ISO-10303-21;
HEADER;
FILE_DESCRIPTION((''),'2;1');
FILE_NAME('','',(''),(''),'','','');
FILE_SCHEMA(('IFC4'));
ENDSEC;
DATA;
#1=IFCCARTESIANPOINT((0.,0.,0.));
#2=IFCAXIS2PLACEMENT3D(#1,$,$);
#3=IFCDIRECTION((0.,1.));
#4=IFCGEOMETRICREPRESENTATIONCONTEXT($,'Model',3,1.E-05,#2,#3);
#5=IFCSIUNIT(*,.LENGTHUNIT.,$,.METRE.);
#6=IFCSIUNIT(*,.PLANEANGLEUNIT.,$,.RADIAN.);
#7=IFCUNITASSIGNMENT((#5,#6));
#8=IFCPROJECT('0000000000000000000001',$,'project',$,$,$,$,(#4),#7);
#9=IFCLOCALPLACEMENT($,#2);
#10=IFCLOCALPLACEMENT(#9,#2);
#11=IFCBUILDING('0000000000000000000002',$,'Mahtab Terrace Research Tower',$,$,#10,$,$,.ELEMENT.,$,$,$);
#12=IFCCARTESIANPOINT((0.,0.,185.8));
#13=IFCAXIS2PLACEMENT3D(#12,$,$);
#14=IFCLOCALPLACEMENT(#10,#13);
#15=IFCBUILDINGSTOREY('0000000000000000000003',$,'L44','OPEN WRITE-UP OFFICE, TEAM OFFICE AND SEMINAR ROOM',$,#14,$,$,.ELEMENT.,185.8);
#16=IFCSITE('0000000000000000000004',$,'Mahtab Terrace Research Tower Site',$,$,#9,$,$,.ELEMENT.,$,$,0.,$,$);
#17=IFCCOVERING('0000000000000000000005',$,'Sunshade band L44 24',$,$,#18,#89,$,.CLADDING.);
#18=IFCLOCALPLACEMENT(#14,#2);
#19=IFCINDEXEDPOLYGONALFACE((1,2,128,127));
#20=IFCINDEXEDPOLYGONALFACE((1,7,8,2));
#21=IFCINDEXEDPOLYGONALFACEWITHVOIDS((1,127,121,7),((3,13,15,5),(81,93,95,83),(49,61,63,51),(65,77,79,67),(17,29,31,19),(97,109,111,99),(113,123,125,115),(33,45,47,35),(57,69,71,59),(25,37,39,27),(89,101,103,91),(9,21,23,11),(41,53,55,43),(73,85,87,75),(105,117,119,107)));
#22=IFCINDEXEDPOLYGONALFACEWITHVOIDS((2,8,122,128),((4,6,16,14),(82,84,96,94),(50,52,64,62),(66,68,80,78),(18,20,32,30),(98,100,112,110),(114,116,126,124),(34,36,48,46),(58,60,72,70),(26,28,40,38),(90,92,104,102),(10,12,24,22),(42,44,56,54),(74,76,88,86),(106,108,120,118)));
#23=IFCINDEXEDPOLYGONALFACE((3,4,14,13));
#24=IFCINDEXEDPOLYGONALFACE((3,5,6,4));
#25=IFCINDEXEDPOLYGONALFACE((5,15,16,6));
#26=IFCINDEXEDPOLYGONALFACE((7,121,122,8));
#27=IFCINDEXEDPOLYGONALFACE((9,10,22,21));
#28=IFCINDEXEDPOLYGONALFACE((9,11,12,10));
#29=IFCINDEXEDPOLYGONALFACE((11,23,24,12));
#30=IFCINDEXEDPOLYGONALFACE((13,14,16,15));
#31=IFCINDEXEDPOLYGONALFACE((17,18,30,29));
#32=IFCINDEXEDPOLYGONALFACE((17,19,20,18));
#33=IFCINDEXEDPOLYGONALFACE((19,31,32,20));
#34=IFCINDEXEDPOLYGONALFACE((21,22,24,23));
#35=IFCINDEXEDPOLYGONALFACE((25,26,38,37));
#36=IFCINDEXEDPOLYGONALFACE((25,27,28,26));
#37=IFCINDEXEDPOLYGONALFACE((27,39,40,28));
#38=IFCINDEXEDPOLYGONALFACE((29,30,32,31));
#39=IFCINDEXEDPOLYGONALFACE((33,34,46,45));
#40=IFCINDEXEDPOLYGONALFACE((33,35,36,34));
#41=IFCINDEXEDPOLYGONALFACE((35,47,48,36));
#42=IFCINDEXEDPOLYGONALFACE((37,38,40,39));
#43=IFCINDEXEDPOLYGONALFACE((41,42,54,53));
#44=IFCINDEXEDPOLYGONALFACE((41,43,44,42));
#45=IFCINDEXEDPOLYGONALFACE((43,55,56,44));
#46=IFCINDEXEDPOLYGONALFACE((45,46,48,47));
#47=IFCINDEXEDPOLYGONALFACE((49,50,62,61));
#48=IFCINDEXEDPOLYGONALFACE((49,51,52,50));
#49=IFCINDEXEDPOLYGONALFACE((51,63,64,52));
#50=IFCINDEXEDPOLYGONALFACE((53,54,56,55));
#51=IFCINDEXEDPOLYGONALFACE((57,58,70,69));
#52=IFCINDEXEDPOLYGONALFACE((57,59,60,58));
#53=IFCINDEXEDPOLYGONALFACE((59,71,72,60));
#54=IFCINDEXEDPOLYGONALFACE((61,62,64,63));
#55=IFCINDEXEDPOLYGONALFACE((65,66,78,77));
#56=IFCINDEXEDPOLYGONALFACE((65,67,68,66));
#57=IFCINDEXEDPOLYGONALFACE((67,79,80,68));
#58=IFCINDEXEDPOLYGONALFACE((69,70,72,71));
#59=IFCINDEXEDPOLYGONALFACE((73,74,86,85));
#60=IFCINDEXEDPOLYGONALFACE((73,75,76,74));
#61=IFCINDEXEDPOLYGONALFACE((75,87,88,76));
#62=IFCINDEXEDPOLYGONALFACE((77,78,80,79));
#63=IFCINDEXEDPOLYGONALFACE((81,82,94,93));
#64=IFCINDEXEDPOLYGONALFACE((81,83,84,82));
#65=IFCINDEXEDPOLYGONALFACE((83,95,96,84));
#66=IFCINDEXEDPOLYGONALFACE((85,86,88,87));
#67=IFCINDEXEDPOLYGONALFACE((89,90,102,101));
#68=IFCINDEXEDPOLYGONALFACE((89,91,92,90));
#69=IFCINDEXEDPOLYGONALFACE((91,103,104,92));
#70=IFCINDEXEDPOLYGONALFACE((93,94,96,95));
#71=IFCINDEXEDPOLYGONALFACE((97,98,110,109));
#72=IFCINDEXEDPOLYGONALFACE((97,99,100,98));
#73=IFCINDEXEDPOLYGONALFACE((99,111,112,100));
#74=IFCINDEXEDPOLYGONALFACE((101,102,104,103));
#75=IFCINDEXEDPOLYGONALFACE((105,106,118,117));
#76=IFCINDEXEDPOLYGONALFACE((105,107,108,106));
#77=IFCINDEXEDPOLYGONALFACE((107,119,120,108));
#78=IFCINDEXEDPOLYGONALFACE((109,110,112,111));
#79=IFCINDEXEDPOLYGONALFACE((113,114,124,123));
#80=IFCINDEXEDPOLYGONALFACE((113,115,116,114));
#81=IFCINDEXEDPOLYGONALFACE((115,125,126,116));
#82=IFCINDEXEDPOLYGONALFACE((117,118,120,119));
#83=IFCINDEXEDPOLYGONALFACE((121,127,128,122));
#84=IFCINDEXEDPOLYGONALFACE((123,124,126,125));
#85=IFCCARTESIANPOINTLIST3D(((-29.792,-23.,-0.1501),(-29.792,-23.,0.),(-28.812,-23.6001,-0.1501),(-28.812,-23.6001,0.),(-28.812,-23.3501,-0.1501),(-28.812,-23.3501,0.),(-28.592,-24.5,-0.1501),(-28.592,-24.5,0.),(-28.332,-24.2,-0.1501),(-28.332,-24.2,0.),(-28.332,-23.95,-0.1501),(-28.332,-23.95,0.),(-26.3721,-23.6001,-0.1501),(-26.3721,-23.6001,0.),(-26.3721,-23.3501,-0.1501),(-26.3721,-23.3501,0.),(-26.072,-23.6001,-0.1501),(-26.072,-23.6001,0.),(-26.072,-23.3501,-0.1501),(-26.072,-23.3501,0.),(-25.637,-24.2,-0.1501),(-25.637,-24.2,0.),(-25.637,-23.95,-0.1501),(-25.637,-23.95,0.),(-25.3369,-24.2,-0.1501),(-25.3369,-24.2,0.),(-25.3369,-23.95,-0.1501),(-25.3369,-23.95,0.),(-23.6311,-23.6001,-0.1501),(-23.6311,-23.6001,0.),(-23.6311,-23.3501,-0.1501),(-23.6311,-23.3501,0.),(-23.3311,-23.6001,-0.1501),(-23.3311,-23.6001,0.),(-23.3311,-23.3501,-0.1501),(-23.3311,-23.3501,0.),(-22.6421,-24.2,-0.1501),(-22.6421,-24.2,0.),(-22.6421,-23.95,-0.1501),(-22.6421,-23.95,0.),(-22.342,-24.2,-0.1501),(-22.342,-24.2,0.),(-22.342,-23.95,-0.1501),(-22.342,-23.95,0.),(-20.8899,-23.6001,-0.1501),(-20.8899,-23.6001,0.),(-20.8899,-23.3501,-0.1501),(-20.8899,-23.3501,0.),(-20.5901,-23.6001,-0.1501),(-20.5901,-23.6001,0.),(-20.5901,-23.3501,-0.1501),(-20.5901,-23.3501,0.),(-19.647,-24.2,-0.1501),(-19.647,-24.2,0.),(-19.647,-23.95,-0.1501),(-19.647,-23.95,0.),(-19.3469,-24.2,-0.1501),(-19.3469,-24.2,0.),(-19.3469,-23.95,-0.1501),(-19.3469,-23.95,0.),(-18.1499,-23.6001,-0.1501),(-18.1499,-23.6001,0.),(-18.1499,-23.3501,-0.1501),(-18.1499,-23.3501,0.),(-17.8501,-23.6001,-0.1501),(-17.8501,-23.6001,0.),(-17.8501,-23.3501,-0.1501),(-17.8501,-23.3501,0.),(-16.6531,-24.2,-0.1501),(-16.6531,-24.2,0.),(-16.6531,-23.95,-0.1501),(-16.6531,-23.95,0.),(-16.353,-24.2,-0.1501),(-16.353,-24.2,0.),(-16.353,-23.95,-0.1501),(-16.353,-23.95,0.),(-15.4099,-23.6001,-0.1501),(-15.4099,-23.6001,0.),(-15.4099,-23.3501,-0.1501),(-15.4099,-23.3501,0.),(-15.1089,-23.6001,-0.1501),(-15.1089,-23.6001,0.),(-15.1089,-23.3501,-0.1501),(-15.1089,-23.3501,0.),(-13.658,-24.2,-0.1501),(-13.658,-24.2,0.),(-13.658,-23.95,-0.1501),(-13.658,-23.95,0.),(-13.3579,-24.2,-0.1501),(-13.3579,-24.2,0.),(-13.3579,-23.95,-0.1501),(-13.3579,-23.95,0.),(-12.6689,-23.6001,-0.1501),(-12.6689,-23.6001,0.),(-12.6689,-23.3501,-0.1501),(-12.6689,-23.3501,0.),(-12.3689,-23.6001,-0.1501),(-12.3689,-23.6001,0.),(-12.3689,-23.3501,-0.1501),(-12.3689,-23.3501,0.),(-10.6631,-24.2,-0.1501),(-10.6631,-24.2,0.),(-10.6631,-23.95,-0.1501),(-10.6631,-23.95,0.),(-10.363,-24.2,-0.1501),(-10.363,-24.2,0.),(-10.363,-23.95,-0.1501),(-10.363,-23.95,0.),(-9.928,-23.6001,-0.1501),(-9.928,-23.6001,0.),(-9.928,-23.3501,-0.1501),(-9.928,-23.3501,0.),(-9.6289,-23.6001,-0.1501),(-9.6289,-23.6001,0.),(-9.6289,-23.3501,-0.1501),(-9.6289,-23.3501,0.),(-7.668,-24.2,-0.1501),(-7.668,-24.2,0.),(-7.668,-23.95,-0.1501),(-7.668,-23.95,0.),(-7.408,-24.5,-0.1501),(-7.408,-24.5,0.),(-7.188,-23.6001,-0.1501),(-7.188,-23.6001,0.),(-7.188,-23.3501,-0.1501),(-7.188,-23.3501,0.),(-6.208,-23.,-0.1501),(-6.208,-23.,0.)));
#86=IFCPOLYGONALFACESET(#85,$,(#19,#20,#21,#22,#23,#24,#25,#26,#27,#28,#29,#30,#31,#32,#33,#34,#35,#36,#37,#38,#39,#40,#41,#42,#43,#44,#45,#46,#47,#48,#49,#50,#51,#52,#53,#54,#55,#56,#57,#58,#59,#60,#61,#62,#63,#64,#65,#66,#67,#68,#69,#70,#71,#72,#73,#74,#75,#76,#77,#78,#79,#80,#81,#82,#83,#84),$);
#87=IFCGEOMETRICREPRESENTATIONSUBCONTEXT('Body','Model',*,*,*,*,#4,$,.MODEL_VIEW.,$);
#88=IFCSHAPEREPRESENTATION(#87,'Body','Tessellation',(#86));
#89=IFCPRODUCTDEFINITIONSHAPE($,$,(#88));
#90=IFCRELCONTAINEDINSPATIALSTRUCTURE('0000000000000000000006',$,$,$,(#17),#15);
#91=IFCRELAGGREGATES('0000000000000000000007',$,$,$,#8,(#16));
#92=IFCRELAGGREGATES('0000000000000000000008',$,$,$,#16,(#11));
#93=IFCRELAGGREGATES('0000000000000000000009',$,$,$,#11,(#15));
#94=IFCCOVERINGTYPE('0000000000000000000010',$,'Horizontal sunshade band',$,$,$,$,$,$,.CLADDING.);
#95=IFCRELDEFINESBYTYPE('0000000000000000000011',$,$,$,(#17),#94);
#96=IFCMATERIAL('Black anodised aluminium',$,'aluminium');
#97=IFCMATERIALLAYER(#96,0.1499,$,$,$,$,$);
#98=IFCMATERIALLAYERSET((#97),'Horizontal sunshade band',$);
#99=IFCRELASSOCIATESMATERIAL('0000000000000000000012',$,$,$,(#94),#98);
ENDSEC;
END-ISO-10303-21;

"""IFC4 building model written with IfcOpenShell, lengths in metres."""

from ifc_helpers import new_model, si_unit, direction, frame, origin, place, context, subcontext, project, spatial, polyline, outline, extrude, material, layer, layer_set, type_object, element, save


model = new_model("IFC4")

# Units and contexts
model_context = context("Model", 3, precision=1e-05, world=origin(), true_north=direction((0.0, 1.0)))
body_context = subcontext(model_context, "Body", "Model", "MODEL_VIEW")
ifc_project = project(units=[si_unit("LENGTHUNIT", "METRE"), si_unit("PLANEANGLEUNIT", "RADIAN")], contexts=[model_context])

# Site, building, storey
site_placement = place(None, origin())
site = spatial("IfcSite", under=ifc_project, at=site_placement, Name="Mahtab Terrace Research Tower Site", CompositionType="ELEMENT", RefElevation=0.0)
building_placement = place(site_placement, origin())
building = spatial("IfcBuilding", under=site, at=building_placement, Name="Mahtab Terrace Research Tower", CompositionType="ELEMENT")
storey_placement = place(building_placement, frame((0.0, 0.0, 185.8)))
storey = spatial("IfcBuildingStorey", under=building, at=storey_placement, Name="L44", Description="OPEN WRITE-UP OFFICE, TEAM OFFICE AND SEMINAR ROOM", CompositionType="ELEMENT", Elevation=185.8)

# Covering
ifc_material_1 = material(Name="Black anodised aluminium", Category="aluminium")
ifc_layer_1 = layer(ifc_material_1, 0.1499)
ifc_layer_set_1 = layer_set([ifc_layer_1], Name="Horizontal sunshade band")
covering_type = type_object("IfcCoveringType", Name="Horizontal sunshade band", PredefinedType="CLADDING", material=ifc_layer_set_1)
covering_1_placement = place(storey_placement, frame((0.0, 0.0, -0.1501)))
element("IfcCovering", 1, at=covering_1_placement, inside=storey, type_object=covering_type, Name="Sunshade band L44 24", PredefinedType="CLADDING", context=body_context, shape_type="SweptSolid", body=[
    extrude(outline(polyline([(-29.792, -23.0), (-6.208, -23.0), (-7.408, -24.5), (-28.592, -24.5), (-29.792, -23.0)]), holes=[polyline([(-28.812, -23.3501), (-26.3721, -23.3501), (-26.3721, -23.6001), (-28.812, -23.6001), (-28.812, -23.3501)]), polyline([(-26.072, -23.3501), (-23.6311, -23.3501), (-23.6311, -23.6001), (-26.072, -23.6001), (-26.072, -23.3501)]), polyline([(-23.3311, -23.3501), (-20.8899, -23.3501), (-20.8899, -23.6001), (-23.3311, -23.6001), (-23.3311, -23.3501)]), polyline([(-20.5901, -23.3501), (-18.1499, -23.3501), (-18.1499, -23.6001), (-20.5901, -23.6001), (-20.5901, -23.3501)]), polyline([(-17.8501, -23.3501), (-15.4099, -23.3501), (-15.4099, -23.6001), (-17.8501, -23.6001), (-17.8501, -23.3501)]), polyline([(-15.1089, -23.3501), (-12.6689, -23.3501), (-12.6689, -23.6001), (-15.1089, -23.6001), (-15.1089, -23.3501)]), polyline([(-12.3689, -23.3501), (-9.928, -23.3501), (-9.928, -23.6001), (-12.3689, -23.6001), (-12.3689, -23.3501)]), polyline([(-9.6289, -23.3501), (-7.188, -23.3501), (-7.188, -23.6001), (-9.6289, -23.6001), (-9.6289, -23.3501)]), polyline([(-28.332, -23.95), (-25.637, -23.95), (-25.637, -24.2), (-28.332, -24.2), (-28.332, -23.95)]), polyline([(-25.3369, -23.95), (-22.6421, -23.95), (-22.6421, -24.2), (-25.3369, -24.2), (-25.3369, -23.95)]), polyline([(-22.342, -23.95), (-19.647, -23.95), (-19.647, -24.2), (-22.342, -24.2), (-22.342, -23.95)]), polyline([(-19.3469, -23.95), (-16.6531, -23.95), (-16.6531, -24.2), (-19.3469, -24.2), (-19.3469, -23.95)]), polyline([(-16.353, -23.95), (-13.658, -23.95), (-13.658, -24.2), (-16.353, -24.2), (-16.353, -23.95)]), polyline([(-13.3579, -23.95), (-10.6631, -23.95), (-10.6631, -24.2), (-13.3579, -24.2), (-13.3579, -23.95)]), polyline([(-10.363, -23.95), (-7.668, -23.95), (-7.668, -24.2), (-10.363, -24.2), (-10.363, -23.95)])]), origin(), (0.0, 0.0, 1.0), 0.1501),
])

save(model, "model.ifc")
